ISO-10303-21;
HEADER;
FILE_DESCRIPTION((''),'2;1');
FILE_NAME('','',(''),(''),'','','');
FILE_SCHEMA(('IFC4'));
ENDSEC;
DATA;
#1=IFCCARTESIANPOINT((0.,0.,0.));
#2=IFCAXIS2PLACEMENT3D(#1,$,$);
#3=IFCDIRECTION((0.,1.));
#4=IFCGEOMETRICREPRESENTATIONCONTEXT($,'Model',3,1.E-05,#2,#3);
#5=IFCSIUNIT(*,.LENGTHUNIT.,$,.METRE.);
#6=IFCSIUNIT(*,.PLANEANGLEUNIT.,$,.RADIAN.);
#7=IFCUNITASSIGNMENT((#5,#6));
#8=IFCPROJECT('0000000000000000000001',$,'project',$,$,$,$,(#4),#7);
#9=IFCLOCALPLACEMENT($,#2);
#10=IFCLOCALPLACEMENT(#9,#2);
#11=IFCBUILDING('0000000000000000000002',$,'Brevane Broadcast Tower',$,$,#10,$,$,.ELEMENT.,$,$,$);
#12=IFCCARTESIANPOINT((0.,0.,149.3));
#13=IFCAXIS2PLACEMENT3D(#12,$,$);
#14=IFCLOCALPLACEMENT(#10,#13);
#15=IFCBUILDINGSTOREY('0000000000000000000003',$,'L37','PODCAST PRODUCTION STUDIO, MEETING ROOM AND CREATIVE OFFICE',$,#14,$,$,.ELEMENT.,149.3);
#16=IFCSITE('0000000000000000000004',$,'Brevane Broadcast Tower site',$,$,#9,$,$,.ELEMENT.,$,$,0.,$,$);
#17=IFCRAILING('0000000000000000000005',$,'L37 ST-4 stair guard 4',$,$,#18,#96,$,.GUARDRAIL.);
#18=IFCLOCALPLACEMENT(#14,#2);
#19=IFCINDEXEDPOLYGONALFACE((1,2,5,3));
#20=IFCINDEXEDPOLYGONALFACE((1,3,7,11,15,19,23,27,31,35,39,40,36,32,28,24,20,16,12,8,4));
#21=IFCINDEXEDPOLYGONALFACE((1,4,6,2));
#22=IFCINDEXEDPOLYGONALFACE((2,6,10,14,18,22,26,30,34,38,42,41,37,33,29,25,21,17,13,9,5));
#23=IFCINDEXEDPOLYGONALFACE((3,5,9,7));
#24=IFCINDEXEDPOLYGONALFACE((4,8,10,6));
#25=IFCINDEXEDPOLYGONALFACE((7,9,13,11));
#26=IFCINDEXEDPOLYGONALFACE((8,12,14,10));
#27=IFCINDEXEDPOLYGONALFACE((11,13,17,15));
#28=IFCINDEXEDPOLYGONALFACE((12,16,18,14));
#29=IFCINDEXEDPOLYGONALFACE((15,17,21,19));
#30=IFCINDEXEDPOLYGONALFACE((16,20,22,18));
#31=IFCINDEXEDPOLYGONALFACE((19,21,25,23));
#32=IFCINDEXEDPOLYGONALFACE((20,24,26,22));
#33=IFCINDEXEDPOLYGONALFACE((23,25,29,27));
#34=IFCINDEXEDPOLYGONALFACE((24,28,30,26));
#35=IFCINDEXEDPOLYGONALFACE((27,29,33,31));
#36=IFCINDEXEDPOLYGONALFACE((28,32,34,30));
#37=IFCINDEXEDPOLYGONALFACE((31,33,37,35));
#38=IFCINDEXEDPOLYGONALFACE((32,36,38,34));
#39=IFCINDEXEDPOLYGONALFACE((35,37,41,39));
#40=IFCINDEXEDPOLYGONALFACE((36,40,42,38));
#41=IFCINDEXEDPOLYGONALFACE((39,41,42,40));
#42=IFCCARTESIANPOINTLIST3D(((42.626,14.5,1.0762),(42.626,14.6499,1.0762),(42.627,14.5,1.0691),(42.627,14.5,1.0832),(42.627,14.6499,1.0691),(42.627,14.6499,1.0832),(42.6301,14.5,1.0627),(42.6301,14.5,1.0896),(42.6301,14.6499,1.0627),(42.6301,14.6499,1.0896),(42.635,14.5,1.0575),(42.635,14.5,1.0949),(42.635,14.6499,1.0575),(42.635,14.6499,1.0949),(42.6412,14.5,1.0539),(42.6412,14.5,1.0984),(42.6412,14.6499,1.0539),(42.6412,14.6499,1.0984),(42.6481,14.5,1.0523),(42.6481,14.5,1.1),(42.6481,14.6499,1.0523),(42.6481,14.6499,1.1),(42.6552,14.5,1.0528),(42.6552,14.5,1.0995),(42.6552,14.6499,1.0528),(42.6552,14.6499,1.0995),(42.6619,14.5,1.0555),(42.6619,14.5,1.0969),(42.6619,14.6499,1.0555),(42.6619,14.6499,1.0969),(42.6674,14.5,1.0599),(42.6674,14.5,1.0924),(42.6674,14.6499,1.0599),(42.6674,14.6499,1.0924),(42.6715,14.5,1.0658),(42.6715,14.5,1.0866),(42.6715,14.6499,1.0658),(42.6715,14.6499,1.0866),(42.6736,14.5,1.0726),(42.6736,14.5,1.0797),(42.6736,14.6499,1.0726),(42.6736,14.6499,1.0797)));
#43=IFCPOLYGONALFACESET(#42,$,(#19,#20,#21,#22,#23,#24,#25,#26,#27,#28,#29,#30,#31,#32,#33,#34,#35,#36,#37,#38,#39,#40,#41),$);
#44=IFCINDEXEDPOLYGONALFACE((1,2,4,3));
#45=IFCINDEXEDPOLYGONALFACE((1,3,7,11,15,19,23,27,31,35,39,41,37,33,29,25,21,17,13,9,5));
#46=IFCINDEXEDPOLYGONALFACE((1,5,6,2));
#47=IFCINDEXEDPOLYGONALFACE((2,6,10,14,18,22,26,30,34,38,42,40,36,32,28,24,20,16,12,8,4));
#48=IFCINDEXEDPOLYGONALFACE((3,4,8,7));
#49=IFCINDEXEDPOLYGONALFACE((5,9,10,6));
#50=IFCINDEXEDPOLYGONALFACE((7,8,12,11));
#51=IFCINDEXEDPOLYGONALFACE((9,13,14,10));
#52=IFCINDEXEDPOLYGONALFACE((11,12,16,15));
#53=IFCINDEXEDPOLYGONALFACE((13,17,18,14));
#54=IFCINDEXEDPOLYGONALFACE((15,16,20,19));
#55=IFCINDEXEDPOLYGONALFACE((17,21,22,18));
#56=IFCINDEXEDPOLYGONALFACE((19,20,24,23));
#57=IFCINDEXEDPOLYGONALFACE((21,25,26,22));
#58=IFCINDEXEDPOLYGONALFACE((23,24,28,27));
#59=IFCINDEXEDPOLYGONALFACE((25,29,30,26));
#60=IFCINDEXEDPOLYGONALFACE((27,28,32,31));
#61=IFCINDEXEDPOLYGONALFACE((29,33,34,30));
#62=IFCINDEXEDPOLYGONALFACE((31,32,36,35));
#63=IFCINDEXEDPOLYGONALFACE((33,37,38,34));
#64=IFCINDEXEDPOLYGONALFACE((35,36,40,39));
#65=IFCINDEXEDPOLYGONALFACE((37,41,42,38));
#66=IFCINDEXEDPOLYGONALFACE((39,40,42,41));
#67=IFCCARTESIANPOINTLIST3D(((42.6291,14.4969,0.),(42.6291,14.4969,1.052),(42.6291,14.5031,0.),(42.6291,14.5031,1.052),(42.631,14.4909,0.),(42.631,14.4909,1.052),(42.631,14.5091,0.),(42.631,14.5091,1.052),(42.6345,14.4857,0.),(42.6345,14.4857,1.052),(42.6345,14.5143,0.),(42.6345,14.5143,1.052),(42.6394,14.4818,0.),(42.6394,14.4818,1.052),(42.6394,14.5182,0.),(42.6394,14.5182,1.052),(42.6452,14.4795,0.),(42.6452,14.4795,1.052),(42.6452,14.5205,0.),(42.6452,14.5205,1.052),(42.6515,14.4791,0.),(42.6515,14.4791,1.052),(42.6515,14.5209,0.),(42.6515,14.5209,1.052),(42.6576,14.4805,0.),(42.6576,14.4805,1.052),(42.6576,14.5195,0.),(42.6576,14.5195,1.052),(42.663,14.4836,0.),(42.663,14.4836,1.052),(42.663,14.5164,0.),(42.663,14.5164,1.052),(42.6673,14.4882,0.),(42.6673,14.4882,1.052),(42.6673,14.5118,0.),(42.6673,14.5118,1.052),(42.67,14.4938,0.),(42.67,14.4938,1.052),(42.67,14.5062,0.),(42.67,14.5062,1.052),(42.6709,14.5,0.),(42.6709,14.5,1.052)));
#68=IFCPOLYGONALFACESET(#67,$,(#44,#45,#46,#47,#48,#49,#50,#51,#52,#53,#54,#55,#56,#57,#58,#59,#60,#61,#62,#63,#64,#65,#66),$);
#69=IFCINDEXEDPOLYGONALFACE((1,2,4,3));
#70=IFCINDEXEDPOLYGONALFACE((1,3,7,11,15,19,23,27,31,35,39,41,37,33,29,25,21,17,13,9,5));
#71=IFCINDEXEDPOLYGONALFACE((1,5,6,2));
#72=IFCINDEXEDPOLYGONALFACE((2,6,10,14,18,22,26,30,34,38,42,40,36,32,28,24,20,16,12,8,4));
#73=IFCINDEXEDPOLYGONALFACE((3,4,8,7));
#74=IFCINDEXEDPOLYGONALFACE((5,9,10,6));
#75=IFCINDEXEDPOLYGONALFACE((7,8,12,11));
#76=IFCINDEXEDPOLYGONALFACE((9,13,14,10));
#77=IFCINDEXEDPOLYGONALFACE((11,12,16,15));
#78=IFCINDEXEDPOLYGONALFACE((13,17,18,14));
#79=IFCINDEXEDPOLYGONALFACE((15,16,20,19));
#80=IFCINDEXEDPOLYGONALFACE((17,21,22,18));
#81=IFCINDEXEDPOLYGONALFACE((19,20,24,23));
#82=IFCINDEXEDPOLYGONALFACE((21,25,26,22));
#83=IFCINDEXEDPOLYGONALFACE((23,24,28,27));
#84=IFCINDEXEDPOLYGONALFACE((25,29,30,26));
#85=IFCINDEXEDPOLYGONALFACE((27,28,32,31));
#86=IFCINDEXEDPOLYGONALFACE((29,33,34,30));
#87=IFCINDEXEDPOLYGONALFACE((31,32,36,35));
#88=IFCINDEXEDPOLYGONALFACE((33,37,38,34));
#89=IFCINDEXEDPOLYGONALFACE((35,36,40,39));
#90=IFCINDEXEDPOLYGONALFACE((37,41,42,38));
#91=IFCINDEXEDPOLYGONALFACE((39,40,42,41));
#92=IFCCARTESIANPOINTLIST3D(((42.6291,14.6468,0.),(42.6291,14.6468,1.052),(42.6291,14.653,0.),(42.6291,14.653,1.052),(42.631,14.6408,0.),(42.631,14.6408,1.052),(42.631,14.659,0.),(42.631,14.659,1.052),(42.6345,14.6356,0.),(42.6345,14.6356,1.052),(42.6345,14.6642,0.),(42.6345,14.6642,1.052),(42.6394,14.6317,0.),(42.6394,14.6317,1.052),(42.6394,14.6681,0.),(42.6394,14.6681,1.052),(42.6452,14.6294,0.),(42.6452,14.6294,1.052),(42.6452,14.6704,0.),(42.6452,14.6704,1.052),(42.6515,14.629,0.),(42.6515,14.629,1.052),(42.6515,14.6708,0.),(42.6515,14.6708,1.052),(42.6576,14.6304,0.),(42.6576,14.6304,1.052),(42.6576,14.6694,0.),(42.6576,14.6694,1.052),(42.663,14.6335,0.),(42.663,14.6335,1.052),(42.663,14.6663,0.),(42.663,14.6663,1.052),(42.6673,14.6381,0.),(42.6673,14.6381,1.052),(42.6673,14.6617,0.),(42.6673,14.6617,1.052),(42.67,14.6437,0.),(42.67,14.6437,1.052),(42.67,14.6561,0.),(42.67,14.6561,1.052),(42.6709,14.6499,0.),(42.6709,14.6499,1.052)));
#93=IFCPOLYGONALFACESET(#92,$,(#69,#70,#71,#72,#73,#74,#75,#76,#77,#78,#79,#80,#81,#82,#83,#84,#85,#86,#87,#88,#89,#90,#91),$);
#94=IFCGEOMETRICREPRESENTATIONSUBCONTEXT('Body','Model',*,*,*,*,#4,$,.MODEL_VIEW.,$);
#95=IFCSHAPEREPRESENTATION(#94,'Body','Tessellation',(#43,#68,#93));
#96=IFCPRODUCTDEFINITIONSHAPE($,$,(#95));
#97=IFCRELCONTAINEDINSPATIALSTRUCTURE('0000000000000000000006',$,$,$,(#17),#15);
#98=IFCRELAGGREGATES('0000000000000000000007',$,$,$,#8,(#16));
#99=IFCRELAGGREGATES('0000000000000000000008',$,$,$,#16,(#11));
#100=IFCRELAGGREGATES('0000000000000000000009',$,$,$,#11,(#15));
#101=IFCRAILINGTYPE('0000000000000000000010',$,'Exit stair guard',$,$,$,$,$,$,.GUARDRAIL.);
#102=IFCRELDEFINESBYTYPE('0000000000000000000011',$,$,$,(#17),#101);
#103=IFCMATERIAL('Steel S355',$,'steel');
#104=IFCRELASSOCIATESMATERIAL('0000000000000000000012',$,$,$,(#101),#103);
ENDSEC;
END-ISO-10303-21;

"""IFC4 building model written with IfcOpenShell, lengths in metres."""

from ifc_helpers import new_model, si_unit, direction, frame, origin, origin_2d, place, context, subcontext, project, spatial, circle, extrude, material, type_object, element, save


model = new_model("IFC4")

# Units and contexts
model_context = context("Model", 3, precision=1e-05, world=origin(), true_north=direction((0.0, 1.0)))
body_context = subcontext(model_context, "Body", "Model", "MODEL_VIEW")
ifc_project = project(units=[si_unit("LENGTHUNIT", "METRE"), si_unit("PLANEANGLEUNIT", "RADIAN")], contexts=[model_context])

# Site, building, storey
site_placement = place(None, origin())
site = spatial("IfcSite", under=ifc_project, at=site_placement, Name="Brevane Broadcast Tower site", CompositionType="ELEMENT", RefElevation=0.0)
building_placement = place(site_placement, origin())
building = spatial("IfcBuilding", under=site, at=building_placement, Name="Brevane Broadcast Tower", CompositionType="ELEMENT")
storey_placement = place(building_placement, frame((0.0, 0.0, 149.3)))
storey = spatial("IfcBuildingStorey", under=building, at=storey_placement, Name="L37", Description="PODCAST PRODUCTION STUDIO, MEETING ROOM AND CREATIVE OFFICE", CompositionType="ELEMENT", Elevation=149.3)

# Railing
ifc_material_1 = material(Name="Steel S355", Category="steel")
railing_type_1 = type_object("IfcRailingType", Name="Exit stair guard", PredefinedType="GUARDRAIL", material=ifc_material_1)
railing_1_placement = place(storey_placement, frame((42.6499, 14.5, 0.0)))
element("IfcRailing", 1, at=railing_1_placement, inside=storey, type_object=railing_type_1, Name="L37 ST-4 stair guard 4", PredefinedType="GUARDRAIL", context=body_context, shape_type="SweptSolid", body=[
    extrude(circle(Radius=0.0239, at=origin_2d()), frame((0.0, 0.0, 1.0762), z_axis=(0.0, 1.0, 0.0), x_axis=(-1.0, 0.0, 0.0)), (0.0, 0.0, 1.0), 0.1499),
    extrude(circle(Radius=0.021, at=origin_2d()), origin(), (0.0, 0.0, 1.0), 1.052),
    extrude(circle(Radius=0.021, at=origin_2d()), frame((0.0, 0.1499, 0.0)), (0.0, 0.0, 1.0), 1.052),
])

save(model, "model.ifc")
